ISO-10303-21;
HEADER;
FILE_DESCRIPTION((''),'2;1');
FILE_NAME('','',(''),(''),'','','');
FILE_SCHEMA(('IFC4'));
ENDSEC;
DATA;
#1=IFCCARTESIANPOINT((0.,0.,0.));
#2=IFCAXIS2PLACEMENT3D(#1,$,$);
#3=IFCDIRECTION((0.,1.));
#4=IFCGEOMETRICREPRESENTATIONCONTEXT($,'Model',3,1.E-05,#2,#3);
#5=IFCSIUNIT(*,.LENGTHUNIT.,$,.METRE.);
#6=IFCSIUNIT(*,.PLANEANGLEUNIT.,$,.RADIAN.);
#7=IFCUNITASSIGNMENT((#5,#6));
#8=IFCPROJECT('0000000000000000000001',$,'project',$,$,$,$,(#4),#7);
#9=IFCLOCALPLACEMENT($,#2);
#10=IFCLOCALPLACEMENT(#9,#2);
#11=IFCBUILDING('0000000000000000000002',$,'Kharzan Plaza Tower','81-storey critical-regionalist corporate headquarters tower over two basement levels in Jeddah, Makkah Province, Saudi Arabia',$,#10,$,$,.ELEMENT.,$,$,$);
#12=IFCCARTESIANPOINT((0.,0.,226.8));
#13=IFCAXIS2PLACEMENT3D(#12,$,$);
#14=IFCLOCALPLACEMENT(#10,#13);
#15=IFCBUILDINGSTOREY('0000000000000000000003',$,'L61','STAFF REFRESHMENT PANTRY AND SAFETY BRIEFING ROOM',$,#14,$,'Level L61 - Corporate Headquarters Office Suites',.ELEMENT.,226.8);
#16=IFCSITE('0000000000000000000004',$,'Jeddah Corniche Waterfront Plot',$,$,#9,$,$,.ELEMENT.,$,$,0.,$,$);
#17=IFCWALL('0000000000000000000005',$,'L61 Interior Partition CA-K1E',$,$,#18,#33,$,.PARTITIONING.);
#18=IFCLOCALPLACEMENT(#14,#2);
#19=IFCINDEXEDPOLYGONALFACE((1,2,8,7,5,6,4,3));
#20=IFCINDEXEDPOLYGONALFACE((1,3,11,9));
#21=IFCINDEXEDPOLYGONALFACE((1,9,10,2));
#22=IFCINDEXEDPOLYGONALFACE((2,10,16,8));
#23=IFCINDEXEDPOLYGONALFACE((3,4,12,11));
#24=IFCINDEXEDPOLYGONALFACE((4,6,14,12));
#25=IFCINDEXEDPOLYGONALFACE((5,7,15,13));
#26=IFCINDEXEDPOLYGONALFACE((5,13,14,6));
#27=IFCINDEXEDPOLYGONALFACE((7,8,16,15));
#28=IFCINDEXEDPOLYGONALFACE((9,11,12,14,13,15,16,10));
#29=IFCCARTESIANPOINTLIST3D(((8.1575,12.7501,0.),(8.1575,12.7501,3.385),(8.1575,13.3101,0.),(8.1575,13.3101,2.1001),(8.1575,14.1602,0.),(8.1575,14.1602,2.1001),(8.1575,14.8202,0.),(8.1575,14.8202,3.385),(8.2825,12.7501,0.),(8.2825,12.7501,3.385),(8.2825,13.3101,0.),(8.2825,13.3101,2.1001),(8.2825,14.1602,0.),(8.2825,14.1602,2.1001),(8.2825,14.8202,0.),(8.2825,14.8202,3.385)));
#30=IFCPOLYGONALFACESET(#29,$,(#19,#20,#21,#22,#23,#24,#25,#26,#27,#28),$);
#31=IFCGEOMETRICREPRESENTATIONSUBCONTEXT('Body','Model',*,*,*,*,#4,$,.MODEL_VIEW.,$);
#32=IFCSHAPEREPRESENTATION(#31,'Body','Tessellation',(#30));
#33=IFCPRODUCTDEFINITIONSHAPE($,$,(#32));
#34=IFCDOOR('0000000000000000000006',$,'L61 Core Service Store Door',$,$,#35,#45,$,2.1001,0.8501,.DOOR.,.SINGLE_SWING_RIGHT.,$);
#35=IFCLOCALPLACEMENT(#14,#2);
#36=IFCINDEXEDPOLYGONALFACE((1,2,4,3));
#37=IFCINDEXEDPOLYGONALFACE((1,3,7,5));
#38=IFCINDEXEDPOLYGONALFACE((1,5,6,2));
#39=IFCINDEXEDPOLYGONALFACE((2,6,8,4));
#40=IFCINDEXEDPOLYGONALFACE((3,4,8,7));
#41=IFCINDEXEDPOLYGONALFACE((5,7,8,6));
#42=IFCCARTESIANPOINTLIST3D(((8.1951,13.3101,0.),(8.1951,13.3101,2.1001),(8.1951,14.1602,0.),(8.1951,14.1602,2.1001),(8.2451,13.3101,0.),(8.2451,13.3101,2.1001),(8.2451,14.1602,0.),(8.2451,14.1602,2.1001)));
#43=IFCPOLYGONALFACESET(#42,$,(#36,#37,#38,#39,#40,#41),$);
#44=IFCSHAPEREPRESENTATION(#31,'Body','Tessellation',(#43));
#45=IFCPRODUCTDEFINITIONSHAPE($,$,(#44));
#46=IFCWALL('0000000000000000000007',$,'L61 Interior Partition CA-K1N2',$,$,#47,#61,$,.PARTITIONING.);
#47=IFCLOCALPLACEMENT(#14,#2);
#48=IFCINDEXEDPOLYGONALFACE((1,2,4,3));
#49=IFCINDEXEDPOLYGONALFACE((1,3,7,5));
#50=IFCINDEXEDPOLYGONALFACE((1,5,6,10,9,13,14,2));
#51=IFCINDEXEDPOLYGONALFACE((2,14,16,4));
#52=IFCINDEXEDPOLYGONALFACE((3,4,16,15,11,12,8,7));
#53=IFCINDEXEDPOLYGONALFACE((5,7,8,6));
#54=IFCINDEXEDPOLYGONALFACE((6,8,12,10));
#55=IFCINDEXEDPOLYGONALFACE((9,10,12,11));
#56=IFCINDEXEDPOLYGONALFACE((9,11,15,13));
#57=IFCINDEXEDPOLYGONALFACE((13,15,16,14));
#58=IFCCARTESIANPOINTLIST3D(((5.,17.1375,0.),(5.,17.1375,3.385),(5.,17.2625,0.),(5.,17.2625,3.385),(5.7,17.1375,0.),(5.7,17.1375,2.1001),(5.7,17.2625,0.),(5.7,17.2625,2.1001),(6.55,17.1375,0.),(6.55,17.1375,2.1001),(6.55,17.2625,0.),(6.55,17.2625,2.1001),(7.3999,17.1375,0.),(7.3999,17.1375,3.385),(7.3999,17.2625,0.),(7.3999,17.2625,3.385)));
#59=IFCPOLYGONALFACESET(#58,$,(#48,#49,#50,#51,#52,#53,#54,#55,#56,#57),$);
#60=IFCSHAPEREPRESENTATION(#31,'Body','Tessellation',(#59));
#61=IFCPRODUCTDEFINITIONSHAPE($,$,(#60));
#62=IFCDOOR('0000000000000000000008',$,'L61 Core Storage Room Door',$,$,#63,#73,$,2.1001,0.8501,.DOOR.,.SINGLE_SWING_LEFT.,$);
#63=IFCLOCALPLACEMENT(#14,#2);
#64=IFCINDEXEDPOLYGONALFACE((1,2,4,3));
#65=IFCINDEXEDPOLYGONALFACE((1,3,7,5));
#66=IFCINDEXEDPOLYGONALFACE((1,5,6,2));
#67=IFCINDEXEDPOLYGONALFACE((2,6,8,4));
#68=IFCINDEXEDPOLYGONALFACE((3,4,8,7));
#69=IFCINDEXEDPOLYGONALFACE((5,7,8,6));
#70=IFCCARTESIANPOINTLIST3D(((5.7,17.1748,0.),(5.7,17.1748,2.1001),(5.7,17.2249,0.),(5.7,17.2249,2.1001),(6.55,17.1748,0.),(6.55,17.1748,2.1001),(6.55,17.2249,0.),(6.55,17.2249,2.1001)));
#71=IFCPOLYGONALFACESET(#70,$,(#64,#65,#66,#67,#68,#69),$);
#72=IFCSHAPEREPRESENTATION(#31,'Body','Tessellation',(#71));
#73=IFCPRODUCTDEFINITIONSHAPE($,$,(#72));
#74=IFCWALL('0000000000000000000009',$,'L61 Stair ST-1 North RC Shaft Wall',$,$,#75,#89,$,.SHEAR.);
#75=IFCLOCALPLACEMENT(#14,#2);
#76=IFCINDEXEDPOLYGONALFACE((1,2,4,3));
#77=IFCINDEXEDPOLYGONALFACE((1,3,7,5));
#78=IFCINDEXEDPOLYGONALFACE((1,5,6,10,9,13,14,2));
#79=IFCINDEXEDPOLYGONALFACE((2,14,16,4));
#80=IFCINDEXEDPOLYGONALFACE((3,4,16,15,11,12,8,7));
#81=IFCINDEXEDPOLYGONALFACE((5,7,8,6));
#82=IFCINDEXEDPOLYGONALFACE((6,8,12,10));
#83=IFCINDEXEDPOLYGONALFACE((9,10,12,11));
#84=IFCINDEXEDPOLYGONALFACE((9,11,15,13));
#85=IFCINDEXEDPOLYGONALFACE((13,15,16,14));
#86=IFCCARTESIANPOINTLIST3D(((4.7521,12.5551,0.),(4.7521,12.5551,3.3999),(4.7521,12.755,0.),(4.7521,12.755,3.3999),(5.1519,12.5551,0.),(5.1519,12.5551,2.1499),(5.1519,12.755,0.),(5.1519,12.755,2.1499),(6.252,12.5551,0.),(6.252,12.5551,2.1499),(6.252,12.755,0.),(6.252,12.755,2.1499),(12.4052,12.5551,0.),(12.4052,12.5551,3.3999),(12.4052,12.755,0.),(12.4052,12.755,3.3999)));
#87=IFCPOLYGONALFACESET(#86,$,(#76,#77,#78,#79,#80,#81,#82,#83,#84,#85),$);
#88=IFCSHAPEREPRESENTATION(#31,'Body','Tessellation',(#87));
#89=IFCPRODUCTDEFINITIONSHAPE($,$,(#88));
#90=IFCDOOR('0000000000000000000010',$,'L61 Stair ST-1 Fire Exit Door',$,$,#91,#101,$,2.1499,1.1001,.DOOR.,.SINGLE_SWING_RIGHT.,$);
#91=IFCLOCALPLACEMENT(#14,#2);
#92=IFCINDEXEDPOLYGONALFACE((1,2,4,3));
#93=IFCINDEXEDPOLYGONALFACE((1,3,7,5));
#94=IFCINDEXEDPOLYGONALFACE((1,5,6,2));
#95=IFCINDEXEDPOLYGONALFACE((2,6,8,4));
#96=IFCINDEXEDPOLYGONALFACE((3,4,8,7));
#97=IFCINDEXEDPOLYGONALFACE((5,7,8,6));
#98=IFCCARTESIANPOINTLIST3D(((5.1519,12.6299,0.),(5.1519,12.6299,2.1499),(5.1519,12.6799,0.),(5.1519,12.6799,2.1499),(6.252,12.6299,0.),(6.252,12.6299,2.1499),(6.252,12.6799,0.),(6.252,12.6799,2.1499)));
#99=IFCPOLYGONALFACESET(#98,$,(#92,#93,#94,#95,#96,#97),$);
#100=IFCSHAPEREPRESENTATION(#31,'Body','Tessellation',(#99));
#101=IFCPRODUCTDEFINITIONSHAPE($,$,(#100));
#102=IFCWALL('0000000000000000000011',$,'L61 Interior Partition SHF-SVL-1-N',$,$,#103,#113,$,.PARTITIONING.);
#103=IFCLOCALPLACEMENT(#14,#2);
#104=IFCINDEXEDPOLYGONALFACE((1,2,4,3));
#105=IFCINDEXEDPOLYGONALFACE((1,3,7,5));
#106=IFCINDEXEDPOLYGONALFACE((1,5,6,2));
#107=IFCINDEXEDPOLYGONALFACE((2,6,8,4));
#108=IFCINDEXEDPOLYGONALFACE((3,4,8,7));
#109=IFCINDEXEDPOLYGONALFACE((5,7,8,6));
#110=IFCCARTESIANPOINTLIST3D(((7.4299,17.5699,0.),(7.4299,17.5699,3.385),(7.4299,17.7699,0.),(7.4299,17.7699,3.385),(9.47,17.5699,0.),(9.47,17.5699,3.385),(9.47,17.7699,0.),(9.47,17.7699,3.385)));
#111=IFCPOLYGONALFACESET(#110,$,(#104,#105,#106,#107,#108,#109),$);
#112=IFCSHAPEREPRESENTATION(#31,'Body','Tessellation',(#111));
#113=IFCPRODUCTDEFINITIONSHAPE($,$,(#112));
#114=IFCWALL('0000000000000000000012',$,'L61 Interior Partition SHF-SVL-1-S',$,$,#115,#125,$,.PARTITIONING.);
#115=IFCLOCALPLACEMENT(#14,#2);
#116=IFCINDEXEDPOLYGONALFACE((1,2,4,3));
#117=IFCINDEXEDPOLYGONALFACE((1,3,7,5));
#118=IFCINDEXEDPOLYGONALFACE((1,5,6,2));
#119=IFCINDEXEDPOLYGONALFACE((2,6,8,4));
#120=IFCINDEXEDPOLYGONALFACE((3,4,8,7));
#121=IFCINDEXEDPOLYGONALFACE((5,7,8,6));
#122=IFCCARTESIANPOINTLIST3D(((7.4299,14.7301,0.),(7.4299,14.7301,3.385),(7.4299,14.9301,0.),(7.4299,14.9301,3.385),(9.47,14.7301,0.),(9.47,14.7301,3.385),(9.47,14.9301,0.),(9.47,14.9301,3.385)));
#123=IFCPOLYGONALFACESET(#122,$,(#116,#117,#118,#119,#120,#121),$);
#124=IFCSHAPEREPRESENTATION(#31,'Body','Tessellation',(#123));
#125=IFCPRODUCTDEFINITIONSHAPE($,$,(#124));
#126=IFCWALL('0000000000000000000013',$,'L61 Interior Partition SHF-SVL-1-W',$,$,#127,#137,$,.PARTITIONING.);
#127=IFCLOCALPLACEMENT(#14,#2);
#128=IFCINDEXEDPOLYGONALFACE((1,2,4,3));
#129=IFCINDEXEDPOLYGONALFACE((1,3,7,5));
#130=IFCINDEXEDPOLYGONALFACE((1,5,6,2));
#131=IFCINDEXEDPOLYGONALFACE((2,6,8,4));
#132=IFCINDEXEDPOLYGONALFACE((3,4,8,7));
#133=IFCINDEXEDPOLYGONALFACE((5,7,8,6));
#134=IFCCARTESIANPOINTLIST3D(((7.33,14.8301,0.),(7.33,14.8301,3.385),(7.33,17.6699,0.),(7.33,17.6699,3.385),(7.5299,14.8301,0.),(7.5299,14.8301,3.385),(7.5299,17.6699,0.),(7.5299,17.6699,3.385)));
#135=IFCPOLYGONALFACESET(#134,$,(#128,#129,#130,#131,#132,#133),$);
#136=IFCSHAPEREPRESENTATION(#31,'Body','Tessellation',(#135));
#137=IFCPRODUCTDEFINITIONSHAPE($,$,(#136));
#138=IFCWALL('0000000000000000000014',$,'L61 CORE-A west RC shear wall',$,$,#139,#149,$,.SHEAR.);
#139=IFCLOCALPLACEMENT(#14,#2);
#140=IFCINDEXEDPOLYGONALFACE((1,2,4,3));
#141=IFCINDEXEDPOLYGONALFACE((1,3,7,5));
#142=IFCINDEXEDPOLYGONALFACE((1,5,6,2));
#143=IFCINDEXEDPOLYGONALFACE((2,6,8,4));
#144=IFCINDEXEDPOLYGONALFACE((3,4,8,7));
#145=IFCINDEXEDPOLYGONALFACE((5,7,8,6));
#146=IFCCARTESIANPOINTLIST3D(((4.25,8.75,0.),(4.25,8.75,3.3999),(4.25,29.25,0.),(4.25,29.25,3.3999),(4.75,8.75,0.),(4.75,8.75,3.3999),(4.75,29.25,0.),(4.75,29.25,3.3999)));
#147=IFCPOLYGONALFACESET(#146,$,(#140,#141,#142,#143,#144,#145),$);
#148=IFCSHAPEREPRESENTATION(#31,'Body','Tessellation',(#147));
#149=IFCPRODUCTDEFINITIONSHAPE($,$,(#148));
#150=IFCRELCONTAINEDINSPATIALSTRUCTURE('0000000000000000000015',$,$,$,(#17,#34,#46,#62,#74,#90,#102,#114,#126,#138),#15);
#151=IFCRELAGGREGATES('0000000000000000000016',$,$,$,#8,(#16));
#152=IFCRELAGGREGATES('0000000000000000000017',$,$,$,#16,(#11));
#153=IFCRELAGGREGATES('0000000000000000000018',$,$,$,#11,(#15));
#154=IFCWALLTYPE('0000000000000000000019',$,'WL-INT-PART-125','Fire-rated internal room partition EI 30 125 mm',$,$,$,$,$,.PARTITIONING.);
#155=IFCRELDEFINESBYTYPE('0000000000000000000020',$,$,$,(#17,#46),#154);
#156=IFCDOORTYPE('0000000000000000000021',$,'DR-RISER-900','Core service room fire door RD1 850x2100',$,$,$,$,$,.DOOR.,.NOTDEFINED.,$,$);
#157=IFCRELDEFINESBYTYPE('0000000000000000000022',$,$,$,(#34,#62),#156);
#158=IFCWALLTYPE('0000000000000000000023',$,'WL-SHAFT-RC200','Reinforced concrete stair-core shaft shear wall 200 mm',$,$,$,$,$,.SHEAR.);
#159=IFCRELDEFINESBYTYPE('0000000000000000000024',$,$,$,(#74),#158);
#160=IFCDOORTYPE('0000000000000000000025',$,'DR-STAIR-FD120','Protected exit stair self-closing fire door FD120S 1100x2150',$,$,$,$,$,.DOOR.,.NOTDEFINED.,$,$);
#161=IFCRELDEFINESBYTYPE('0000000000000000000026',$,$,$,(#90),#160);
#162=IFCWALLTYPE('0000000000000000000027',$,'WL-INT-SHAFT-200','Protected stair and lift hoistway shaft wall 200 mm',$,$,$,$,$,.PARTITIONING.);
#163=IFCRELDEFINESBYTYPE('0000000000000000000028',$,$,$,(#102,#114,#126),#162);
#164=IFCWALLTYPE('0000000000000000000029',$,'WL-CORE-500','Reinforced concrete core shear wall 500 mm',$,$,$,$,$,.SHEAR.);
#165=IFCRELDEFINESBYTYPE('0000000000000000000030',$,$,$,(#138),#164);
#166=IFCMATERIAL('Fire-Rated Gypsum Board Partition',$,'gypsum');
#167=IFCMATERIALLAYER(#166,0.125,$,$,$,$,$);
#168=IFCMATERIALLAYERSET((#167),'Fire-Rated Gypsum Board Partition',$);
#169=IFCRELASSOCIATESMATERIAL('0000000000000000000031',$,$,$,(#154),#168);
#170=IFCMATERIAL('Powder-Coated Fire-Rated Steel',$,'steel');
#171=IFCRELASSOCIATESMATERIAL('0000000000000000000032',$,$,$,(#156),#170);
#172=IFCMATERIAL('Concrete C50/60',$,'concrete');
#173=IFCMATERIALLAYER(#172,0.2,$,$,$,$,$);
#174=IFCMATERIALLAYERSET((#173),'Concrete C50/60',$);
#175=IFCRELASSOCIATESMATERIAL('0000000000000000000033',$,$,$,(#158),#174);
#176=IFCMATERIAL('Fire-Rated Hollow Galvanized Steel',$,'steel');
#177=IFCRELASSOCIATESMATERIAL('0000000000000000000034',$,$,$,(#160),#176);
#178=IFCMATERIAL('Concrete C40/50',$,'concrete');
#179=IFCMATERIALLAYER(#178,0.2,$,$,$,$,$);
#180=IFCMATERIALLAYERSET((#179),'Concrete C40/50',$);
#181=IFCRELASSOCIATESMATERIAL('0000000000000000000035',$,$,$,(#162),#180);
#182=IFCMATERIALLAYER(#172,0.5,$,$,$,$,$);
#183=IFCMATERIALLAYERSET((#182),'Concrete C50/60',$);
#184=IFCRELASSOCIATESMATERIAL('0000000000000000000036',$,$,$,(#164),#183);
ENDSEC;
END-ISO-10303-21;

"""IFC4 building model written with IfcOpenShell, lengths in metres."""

from ifc_helpers import new_model, si_unit, direction, frame, frame_2d, origin, place, context, subcontext, project, spatial, rectangle, extrude, source, transform, mapped, material, layer, layer_set, type_object, element, fill, save


model = new_model("IFC4")

# Units and contexts
model_context = context("Model", 3, precision=1e-05, world=origin(), true_north=direction((0.0, 1.0)))
body_context = subcontext(model_context, "Body", "Model", "MODEL_VIEW")
ifc_project = project(units=[si_unit("LENGTHUNIT", "METRE"), si_unit("PLANEANGLEUNIT", "RADIAN")], contexts=[model_context])

# Site, building, storey
site_placement = place(None, origin())
site = spatial("IfcSite", under=ifc_project, at=site_placement, Name="Jeddah Corniche Waterfront Plot", CompositionType="ELEMENT", RefElevation=0.0)
building_placement = place(site_placement, origin())
building = spatial("IfcBuilding", under=site, at=building_placement, Name="Kharzan Plaza Tower", Description="81-storey critical-regionalist corporate headquarters tower over two basement levels in Jeddah, Makkah Province, Saudi Arabia", CompositionType="ELEMENT")
storey_placement = place(building_placement, frame((0.0, 0.0, 226.8)))
storey = spatial("IfcBuildingStorey", under=building, at=storey_placement, Name="L61", Description="STAFF REFRESHMENT PANTRY AND SAFETY BRIEFING ROOM", LongName="Level L61 - Corporate Headquarters Office Suites", CompositionType="ELEMENT", Elevation=226.8)

# Shared definitions
ifc_material_1 = material(Name="Concrete C50/60", Category="concrete")

# Shared definitions
ifc_material_2 = material(Name="Concrete C40/50", Category="concrete")

# Walls, openings, doors
ifc_material_3 = material(Name="Fire-Rated Gypsum Board Partition", Category="gypsum")
ifc_layer_1 = layer(ifc_material_3, 0.125)
ifc_layer_set_1 = layer_set([ifc_layer_1], Name="Fire-Rated Gypsum Board Partition")
wall_type_1 = type_object("IfcWallType", Name="WL-INT-PART-125", Description="Fire-rated internal room partition EI 30 125 mm", PredefinedType="PARTITIONING", material=ifc_layer_set_1)
wall_1_placement = place(storey_placement, frame((8.22, 12.75, 0.0), z_axis=(0.0, 0.0, 1.0), x_axis=(0.0, 1.0, 0.0)))
wall_1 = element("IfcWall", 1, at=wall_1_placement, inside=storey, type_object=wall_type_1, Name="L61 Interior Partition CA-K1E", PredefinedType="PARTITIONING", context=body_context, shape_type="SweptSolid", body=[
    extrude(rectangle(XDim=2.0701, YDim=0.125, at=frame_2d((1.0352, 0.0))), origin(), (0.0, 0.0, 1.0), 3.385),
])
opening_1_placement = place(wall_1_placement, frame((0.5601, 0.0, 0.0)))
opening_1 = element("IfcOpeningElement", 2, at=opening_1_placement, cuts=wall_1, PredefinedType="OPENING", context=body_context, shape_type="SweptSolid", body=[
    extrude(rectangle(XDim=0.8501, YDim=2.1001, at=frame_2d((0.425, 1.05))), frame((0.0, 0.0725, 0.0), z_axis=(0.0, -1.0, 0.0), x_axis=(1.0, 0.0, 0.0)), (0.0, 0.0, 1.0), 0.145),
])
ifc_material_4 = material(Name="Powder-Coated Fire-Rated Steel", Category="steel")
door_type_1 = type_object("IfcDoorType", Name="DR-RISER-900", Description="Core service room fire door RD1 850x2100", OperationType="NOTDEFINED", PredefinedType="DOOR", material=ifc_material_4)
shared_shape_1 = source(origin(), body_context, "Body", "SweptSolid", [
    extrude(rectangle(XDim=0.8501, YDim=2.1001, at=frame_2d((0.425, 1.05))), frame((0.0, 0.0249, 0.0), z_axis=(0.0, -1.0, 0.0), x_axis=(1.0, 0.0, 0.0)), (0.0, 0.0, 1.0), 0.05),
])
door_1_placement = place(opening_1_placement, origin())
door_1 = element("IfcDoor", 3, at=door_1_placement, inside=storey, type_object=door_type_1, Name="L61 Core Service Store Door", OperationType="SINGLE_SWING_RIGHT", OverallHeight=2.1001, OverallWidth=0.8501, PredefinedType="DOOR", context=body_context, shape_type="MappedRepresentation", body=[
    mapped(shared_shape_1, transform((0.0, 0.0, 0.0), x_axis=(1.0, 0.0, 0.0), y_axis=(0.0, 1.0, 0.0), z_axis=(0.0, 0.0, 1.0))),
])
fill(opening_1, door_1)
wall_2_placement = place(storey_placement, frame((5.0, 17.2, 0.0), z_axis=(0.0, 0.0, 1.0), x_axis=(1.0, 0.0, 0.0)))
wall_2 = element("IfcWall", 4, at=wall_2_placement, inside=storey, type_object=wall_type_1, Name="L61 Interior Partition CA-K1N2", PredefinedType="PARTITIONING", context=body_context, shape_type="SweptSolid", body=[
    extrude(rectangle(XDim=2.3999, YDim=0.125, at=frame_2d((1.2, 0.0))), origin(), (0.0, 0.0, 1.0), 3.385),
])
opening_2_placement = place(wall_2_placement, frame((0.7, 0.0, 0.0)))
opening_2 = element("IfcOpeningElement", 5, at=opening_2_placement, cuts=wall_2, PredefinedType="OPENING", context=body_context, shape_type="SweptSolid", body=[
    extrude(rectangle(XDim=0.8501, YDim=2.1001, at=frame_2d((0.425, 1.05))), frame((0.0, 0.0725, 0.0), z_axis=(0.0, -1.0, 0.0), x_axis=(1.0, 0.0, 0.0)), (0.0, 0.0, 1.0), 0.145),
])
door_2_placement = place(opening_2_placement, origin())
door_2 = element("IfcDoor", 6, at=door_2_placement, inside=storey, type_object=door_type_1, Name="L61 Core Storage Room Door", OperationType="SINGLE_SWING_LEFT", OverallHeight=2.1001, OverallWidth=0.8501, PredefinedType="DOOR", context=body_context, shape_type="MappedRepresentation", body=[
    mapped(shared_shape_1, transform((0.0, 0.0, 0.0), x_axis=(1.0, 0.0, 0.0), y_axis=(0.0, 1.0, 0.0), z_axis=(0.0, 0.0, 1.0))),
])
fill(opening_2, door_2)
ifc_layer_2 = layer(ifc_material_1, 0.2)
ifc_layer_set_2 = layer_set([ifc_layer_2], Name="Concrete C50/60")
wall_type_2 = type_object("IfcWallType", Name="WL-SHAFT-RC200", Description="Reinforced concrete stair-core shaft shear wall 200 mm", PredefinedType="SHEAR", material=ifc_layer_set_2)
wall_3_placement = place(storey_placement, frame((4.752, 12.655, 0.0), z_axis=(0.0, 0.0, 1.0), x_axis=(1.0, 0.0, 0.0)))
wall_3 = element("IfcWall", 7, at=wall_3_placement, inside=storey, type_object=wall_type_2, Name="L61 Stair ST-1 North RC Shaft Wall", PredefinedType="SHEAR", context=body_context, shape_type="SweptSolid", body=[
    extrude(rectangle(XDim=7.6531, YDim=0.2, at=frame_2d((3.8267, 0.0))), origin(), (0.0, 0.0, 1.0), 3.3999),
])
opening_3_placement = place(wall_3_placement, frame((0.3999, 0.0, 0.0)))
opening_3 = element("IfcOpeningElement", 8, at=opening_3_placement, cuts=wall_3, PredefinedType="OPENING", context=body_context, shape_type="SweptSolid", body=[
    extrude(rectangle(XDim=1.1001, YDim=2.1499, at=frame_2d((0.55, 1.075))), frame((0.0, 0.1099, 0.0), z_axis=(0.0, -1.0, 0.0), x_axis=(1.0, 0.0, 0.0)), (0.0, 0.0, 1.0), 0.22),
])
ifc_material_5 = material(Name="Fire-Rated Hollow Galvanized Steel", Category="steel")
door_type_2 = type_object("IfcDoorType", Name="DR-STAIR-FD120", Description="Protected exit stair self-closing fire door FD120S 1100x2150", OperationType="NOTDEFINED", PredefinedType="DOOR", material=ifc_material_5)
shared_shape_2 = source(origin(), body_context, "Body", "SweptSolid", [
    extrude(rectangle(XDim=1.1001, YDim=2.1499, at=frame_2d((0.55, 1.075))), frame((0.0, 0.0249, 0.0), z_axis=(0.0, -1.0, 0.0), x_axis=(1.0, 0.0, 0.0)), (0.0, 0.0, 1.0), 0.05),
])
door_3_placement = place(opening_3_placement, origin())
door_3 = element("IfcDoor", 9, at=door_3_placement, inside=storey, type_object=door_type_2, Name="L61 Stair ST-1 Fire Exit Door", OperationType="SINGLE_SWING_RIGHT", OverallHeight=2.1499, OverallWidth=1.1001, PredefinedType="DOOR", context=body_context, shape_type="MappedRepresentation", body=[
    mapped(shared_shape_2, transform((0.0, 0.0, 0.0), x_axis=(1.0, 0.0, 0.0), y_axis=(0.0, 1.0, 0.0), z_axis=(0.0, 0.0, 1.0))),
])
fill(opening_3, door_3)

# Walls
ifc_layer_3 = layer(ifc_material_2, 0.2)
ifc_layer_set_3 = layer_set([ifc_layer_3], Name="Concrete C40/50")
wall_type_3 = type_object("IfcWallType", Name="WL-INT-SHAFT-200", Description="Protected stair and lift hoistway shaft wall 200 mm", PredefinedType="PARTITIONING", material=ifc_layer_set_3)
shared_shape_3 = source(origin(), body_context, "Body", "SweptSolid", [
    extrude(rectangle(XDim=2.04, YDim=0.2, at=frame_2d((1.02, 0.0))), origin(), (0.0, 0.0, 1.0), 3.385),
])
for number, where, z_axis, x_axis, name in (
    (10, (7.4299, 17.6699, 0.0), (0.0, 0.0, 1.0), (1.0, 0.0, 0.0), "L61 Interior Partition SHF-SVL-1-N"),
    (11, (7.4299, 14.8301, 0.0), (0.0, 0.0, 1.0), (1.0, 0.0, 0.0), "L61 Interior Partition SHF-SVL-1-S"),
):
    element("IfcWall", number, at=place(storey_placement, frame(where, z_axis=z_axis, x_axis=x_axis)), inside=storey, type_object=wall_type_3, Name=name, PredefinedType="PARTITIONING", context=body_context, shape_type="MappedRepresentation", body=[
        mapped(shared_shape_3, transform((0.0, 0.0, 0.0), x_axis=(1.0, 0.0, 0.0), y_axis=(0.0, 1.0, 0.0), z_axis=(0.0, 0.0, 1.0))),
    ])
shared_shape_4 = source(origin(), body_context, "Body", "SweptSolid", [
    extrude(rectangle(XDim=2.8398, YDim=0.2, at=frame_2d((1.4199, 0.0))), origin(), (0.0, 0.0, 1.0), 3.385),
])
wall_4_placement = place(storey_placement, frame((7.4299, 14.8301, 0.0), z_axis=(0.0, 0.0, 1.0), x_axis=(0.0, 1.0, 0.0)))
element("IfcWall", 12, at=wall_4_placement, inside=storey, type_object=wall_type_3, Name="L61 Interior Partition SHF-SVL-1-W", PredefinedType="PARTITIONING", context=body_context, shape_type="MappedRepresentation", body=[
    mapped(shared_shape_4, transform((0.0, 0.0, 0.0), x_axis=(1.0, 0.0, 0.0), y_axis=(0.0, 1.0, 0.0), z_axis=(0.0, 0.0, 1.0))),
])
ifc_layer_4 = layer(ifc_material_1, 0.5)
ifc_layer_set_4 = layer_set([ifc_layer_4], Name="Concrete C50/60")
wall_type_4 = type_object("IfcWallType", Name="WL-CORE-500", Description="Reinforced concrete core shear wall 500 mm", PredefinedType="SHEAR", material=ifc_layer_set_4)
shared_shape_5 = source(origin(), body_context, "Body", "SweptSolid", [
    extrude(rectangle(XDim=20.5, YDim=0.5, at=frame_2d((10.25, 0.0))), origin(), (0.0, 0.0, 1.0), 3.3999),
])
wall_5_placement = place(storey_placement, frame((4.5, 8.75, 0.0), z_axis=(0.0, 0.0, 1.0), x_axis=(0.0, 1.0, 0.0)))
element("IfcWall", 13, at=wall_5_placement, inside=storey, type_object=wall_type_4, Name="L61 CORE-A west RC shear wall", PredefinedType="SHEAR", context=body_context, shape_type="MappedRepresentation", body=[
    mapped(shared_shape_5, transform((0.0, 0.0, 0.0), x_axis=(1.0, 0.0, 0.0), y_axis=(0.0, 1.0, 0.0), z_axis=(0.0, 0.0, 1.0))),
])

save(model, "model.ifc")
